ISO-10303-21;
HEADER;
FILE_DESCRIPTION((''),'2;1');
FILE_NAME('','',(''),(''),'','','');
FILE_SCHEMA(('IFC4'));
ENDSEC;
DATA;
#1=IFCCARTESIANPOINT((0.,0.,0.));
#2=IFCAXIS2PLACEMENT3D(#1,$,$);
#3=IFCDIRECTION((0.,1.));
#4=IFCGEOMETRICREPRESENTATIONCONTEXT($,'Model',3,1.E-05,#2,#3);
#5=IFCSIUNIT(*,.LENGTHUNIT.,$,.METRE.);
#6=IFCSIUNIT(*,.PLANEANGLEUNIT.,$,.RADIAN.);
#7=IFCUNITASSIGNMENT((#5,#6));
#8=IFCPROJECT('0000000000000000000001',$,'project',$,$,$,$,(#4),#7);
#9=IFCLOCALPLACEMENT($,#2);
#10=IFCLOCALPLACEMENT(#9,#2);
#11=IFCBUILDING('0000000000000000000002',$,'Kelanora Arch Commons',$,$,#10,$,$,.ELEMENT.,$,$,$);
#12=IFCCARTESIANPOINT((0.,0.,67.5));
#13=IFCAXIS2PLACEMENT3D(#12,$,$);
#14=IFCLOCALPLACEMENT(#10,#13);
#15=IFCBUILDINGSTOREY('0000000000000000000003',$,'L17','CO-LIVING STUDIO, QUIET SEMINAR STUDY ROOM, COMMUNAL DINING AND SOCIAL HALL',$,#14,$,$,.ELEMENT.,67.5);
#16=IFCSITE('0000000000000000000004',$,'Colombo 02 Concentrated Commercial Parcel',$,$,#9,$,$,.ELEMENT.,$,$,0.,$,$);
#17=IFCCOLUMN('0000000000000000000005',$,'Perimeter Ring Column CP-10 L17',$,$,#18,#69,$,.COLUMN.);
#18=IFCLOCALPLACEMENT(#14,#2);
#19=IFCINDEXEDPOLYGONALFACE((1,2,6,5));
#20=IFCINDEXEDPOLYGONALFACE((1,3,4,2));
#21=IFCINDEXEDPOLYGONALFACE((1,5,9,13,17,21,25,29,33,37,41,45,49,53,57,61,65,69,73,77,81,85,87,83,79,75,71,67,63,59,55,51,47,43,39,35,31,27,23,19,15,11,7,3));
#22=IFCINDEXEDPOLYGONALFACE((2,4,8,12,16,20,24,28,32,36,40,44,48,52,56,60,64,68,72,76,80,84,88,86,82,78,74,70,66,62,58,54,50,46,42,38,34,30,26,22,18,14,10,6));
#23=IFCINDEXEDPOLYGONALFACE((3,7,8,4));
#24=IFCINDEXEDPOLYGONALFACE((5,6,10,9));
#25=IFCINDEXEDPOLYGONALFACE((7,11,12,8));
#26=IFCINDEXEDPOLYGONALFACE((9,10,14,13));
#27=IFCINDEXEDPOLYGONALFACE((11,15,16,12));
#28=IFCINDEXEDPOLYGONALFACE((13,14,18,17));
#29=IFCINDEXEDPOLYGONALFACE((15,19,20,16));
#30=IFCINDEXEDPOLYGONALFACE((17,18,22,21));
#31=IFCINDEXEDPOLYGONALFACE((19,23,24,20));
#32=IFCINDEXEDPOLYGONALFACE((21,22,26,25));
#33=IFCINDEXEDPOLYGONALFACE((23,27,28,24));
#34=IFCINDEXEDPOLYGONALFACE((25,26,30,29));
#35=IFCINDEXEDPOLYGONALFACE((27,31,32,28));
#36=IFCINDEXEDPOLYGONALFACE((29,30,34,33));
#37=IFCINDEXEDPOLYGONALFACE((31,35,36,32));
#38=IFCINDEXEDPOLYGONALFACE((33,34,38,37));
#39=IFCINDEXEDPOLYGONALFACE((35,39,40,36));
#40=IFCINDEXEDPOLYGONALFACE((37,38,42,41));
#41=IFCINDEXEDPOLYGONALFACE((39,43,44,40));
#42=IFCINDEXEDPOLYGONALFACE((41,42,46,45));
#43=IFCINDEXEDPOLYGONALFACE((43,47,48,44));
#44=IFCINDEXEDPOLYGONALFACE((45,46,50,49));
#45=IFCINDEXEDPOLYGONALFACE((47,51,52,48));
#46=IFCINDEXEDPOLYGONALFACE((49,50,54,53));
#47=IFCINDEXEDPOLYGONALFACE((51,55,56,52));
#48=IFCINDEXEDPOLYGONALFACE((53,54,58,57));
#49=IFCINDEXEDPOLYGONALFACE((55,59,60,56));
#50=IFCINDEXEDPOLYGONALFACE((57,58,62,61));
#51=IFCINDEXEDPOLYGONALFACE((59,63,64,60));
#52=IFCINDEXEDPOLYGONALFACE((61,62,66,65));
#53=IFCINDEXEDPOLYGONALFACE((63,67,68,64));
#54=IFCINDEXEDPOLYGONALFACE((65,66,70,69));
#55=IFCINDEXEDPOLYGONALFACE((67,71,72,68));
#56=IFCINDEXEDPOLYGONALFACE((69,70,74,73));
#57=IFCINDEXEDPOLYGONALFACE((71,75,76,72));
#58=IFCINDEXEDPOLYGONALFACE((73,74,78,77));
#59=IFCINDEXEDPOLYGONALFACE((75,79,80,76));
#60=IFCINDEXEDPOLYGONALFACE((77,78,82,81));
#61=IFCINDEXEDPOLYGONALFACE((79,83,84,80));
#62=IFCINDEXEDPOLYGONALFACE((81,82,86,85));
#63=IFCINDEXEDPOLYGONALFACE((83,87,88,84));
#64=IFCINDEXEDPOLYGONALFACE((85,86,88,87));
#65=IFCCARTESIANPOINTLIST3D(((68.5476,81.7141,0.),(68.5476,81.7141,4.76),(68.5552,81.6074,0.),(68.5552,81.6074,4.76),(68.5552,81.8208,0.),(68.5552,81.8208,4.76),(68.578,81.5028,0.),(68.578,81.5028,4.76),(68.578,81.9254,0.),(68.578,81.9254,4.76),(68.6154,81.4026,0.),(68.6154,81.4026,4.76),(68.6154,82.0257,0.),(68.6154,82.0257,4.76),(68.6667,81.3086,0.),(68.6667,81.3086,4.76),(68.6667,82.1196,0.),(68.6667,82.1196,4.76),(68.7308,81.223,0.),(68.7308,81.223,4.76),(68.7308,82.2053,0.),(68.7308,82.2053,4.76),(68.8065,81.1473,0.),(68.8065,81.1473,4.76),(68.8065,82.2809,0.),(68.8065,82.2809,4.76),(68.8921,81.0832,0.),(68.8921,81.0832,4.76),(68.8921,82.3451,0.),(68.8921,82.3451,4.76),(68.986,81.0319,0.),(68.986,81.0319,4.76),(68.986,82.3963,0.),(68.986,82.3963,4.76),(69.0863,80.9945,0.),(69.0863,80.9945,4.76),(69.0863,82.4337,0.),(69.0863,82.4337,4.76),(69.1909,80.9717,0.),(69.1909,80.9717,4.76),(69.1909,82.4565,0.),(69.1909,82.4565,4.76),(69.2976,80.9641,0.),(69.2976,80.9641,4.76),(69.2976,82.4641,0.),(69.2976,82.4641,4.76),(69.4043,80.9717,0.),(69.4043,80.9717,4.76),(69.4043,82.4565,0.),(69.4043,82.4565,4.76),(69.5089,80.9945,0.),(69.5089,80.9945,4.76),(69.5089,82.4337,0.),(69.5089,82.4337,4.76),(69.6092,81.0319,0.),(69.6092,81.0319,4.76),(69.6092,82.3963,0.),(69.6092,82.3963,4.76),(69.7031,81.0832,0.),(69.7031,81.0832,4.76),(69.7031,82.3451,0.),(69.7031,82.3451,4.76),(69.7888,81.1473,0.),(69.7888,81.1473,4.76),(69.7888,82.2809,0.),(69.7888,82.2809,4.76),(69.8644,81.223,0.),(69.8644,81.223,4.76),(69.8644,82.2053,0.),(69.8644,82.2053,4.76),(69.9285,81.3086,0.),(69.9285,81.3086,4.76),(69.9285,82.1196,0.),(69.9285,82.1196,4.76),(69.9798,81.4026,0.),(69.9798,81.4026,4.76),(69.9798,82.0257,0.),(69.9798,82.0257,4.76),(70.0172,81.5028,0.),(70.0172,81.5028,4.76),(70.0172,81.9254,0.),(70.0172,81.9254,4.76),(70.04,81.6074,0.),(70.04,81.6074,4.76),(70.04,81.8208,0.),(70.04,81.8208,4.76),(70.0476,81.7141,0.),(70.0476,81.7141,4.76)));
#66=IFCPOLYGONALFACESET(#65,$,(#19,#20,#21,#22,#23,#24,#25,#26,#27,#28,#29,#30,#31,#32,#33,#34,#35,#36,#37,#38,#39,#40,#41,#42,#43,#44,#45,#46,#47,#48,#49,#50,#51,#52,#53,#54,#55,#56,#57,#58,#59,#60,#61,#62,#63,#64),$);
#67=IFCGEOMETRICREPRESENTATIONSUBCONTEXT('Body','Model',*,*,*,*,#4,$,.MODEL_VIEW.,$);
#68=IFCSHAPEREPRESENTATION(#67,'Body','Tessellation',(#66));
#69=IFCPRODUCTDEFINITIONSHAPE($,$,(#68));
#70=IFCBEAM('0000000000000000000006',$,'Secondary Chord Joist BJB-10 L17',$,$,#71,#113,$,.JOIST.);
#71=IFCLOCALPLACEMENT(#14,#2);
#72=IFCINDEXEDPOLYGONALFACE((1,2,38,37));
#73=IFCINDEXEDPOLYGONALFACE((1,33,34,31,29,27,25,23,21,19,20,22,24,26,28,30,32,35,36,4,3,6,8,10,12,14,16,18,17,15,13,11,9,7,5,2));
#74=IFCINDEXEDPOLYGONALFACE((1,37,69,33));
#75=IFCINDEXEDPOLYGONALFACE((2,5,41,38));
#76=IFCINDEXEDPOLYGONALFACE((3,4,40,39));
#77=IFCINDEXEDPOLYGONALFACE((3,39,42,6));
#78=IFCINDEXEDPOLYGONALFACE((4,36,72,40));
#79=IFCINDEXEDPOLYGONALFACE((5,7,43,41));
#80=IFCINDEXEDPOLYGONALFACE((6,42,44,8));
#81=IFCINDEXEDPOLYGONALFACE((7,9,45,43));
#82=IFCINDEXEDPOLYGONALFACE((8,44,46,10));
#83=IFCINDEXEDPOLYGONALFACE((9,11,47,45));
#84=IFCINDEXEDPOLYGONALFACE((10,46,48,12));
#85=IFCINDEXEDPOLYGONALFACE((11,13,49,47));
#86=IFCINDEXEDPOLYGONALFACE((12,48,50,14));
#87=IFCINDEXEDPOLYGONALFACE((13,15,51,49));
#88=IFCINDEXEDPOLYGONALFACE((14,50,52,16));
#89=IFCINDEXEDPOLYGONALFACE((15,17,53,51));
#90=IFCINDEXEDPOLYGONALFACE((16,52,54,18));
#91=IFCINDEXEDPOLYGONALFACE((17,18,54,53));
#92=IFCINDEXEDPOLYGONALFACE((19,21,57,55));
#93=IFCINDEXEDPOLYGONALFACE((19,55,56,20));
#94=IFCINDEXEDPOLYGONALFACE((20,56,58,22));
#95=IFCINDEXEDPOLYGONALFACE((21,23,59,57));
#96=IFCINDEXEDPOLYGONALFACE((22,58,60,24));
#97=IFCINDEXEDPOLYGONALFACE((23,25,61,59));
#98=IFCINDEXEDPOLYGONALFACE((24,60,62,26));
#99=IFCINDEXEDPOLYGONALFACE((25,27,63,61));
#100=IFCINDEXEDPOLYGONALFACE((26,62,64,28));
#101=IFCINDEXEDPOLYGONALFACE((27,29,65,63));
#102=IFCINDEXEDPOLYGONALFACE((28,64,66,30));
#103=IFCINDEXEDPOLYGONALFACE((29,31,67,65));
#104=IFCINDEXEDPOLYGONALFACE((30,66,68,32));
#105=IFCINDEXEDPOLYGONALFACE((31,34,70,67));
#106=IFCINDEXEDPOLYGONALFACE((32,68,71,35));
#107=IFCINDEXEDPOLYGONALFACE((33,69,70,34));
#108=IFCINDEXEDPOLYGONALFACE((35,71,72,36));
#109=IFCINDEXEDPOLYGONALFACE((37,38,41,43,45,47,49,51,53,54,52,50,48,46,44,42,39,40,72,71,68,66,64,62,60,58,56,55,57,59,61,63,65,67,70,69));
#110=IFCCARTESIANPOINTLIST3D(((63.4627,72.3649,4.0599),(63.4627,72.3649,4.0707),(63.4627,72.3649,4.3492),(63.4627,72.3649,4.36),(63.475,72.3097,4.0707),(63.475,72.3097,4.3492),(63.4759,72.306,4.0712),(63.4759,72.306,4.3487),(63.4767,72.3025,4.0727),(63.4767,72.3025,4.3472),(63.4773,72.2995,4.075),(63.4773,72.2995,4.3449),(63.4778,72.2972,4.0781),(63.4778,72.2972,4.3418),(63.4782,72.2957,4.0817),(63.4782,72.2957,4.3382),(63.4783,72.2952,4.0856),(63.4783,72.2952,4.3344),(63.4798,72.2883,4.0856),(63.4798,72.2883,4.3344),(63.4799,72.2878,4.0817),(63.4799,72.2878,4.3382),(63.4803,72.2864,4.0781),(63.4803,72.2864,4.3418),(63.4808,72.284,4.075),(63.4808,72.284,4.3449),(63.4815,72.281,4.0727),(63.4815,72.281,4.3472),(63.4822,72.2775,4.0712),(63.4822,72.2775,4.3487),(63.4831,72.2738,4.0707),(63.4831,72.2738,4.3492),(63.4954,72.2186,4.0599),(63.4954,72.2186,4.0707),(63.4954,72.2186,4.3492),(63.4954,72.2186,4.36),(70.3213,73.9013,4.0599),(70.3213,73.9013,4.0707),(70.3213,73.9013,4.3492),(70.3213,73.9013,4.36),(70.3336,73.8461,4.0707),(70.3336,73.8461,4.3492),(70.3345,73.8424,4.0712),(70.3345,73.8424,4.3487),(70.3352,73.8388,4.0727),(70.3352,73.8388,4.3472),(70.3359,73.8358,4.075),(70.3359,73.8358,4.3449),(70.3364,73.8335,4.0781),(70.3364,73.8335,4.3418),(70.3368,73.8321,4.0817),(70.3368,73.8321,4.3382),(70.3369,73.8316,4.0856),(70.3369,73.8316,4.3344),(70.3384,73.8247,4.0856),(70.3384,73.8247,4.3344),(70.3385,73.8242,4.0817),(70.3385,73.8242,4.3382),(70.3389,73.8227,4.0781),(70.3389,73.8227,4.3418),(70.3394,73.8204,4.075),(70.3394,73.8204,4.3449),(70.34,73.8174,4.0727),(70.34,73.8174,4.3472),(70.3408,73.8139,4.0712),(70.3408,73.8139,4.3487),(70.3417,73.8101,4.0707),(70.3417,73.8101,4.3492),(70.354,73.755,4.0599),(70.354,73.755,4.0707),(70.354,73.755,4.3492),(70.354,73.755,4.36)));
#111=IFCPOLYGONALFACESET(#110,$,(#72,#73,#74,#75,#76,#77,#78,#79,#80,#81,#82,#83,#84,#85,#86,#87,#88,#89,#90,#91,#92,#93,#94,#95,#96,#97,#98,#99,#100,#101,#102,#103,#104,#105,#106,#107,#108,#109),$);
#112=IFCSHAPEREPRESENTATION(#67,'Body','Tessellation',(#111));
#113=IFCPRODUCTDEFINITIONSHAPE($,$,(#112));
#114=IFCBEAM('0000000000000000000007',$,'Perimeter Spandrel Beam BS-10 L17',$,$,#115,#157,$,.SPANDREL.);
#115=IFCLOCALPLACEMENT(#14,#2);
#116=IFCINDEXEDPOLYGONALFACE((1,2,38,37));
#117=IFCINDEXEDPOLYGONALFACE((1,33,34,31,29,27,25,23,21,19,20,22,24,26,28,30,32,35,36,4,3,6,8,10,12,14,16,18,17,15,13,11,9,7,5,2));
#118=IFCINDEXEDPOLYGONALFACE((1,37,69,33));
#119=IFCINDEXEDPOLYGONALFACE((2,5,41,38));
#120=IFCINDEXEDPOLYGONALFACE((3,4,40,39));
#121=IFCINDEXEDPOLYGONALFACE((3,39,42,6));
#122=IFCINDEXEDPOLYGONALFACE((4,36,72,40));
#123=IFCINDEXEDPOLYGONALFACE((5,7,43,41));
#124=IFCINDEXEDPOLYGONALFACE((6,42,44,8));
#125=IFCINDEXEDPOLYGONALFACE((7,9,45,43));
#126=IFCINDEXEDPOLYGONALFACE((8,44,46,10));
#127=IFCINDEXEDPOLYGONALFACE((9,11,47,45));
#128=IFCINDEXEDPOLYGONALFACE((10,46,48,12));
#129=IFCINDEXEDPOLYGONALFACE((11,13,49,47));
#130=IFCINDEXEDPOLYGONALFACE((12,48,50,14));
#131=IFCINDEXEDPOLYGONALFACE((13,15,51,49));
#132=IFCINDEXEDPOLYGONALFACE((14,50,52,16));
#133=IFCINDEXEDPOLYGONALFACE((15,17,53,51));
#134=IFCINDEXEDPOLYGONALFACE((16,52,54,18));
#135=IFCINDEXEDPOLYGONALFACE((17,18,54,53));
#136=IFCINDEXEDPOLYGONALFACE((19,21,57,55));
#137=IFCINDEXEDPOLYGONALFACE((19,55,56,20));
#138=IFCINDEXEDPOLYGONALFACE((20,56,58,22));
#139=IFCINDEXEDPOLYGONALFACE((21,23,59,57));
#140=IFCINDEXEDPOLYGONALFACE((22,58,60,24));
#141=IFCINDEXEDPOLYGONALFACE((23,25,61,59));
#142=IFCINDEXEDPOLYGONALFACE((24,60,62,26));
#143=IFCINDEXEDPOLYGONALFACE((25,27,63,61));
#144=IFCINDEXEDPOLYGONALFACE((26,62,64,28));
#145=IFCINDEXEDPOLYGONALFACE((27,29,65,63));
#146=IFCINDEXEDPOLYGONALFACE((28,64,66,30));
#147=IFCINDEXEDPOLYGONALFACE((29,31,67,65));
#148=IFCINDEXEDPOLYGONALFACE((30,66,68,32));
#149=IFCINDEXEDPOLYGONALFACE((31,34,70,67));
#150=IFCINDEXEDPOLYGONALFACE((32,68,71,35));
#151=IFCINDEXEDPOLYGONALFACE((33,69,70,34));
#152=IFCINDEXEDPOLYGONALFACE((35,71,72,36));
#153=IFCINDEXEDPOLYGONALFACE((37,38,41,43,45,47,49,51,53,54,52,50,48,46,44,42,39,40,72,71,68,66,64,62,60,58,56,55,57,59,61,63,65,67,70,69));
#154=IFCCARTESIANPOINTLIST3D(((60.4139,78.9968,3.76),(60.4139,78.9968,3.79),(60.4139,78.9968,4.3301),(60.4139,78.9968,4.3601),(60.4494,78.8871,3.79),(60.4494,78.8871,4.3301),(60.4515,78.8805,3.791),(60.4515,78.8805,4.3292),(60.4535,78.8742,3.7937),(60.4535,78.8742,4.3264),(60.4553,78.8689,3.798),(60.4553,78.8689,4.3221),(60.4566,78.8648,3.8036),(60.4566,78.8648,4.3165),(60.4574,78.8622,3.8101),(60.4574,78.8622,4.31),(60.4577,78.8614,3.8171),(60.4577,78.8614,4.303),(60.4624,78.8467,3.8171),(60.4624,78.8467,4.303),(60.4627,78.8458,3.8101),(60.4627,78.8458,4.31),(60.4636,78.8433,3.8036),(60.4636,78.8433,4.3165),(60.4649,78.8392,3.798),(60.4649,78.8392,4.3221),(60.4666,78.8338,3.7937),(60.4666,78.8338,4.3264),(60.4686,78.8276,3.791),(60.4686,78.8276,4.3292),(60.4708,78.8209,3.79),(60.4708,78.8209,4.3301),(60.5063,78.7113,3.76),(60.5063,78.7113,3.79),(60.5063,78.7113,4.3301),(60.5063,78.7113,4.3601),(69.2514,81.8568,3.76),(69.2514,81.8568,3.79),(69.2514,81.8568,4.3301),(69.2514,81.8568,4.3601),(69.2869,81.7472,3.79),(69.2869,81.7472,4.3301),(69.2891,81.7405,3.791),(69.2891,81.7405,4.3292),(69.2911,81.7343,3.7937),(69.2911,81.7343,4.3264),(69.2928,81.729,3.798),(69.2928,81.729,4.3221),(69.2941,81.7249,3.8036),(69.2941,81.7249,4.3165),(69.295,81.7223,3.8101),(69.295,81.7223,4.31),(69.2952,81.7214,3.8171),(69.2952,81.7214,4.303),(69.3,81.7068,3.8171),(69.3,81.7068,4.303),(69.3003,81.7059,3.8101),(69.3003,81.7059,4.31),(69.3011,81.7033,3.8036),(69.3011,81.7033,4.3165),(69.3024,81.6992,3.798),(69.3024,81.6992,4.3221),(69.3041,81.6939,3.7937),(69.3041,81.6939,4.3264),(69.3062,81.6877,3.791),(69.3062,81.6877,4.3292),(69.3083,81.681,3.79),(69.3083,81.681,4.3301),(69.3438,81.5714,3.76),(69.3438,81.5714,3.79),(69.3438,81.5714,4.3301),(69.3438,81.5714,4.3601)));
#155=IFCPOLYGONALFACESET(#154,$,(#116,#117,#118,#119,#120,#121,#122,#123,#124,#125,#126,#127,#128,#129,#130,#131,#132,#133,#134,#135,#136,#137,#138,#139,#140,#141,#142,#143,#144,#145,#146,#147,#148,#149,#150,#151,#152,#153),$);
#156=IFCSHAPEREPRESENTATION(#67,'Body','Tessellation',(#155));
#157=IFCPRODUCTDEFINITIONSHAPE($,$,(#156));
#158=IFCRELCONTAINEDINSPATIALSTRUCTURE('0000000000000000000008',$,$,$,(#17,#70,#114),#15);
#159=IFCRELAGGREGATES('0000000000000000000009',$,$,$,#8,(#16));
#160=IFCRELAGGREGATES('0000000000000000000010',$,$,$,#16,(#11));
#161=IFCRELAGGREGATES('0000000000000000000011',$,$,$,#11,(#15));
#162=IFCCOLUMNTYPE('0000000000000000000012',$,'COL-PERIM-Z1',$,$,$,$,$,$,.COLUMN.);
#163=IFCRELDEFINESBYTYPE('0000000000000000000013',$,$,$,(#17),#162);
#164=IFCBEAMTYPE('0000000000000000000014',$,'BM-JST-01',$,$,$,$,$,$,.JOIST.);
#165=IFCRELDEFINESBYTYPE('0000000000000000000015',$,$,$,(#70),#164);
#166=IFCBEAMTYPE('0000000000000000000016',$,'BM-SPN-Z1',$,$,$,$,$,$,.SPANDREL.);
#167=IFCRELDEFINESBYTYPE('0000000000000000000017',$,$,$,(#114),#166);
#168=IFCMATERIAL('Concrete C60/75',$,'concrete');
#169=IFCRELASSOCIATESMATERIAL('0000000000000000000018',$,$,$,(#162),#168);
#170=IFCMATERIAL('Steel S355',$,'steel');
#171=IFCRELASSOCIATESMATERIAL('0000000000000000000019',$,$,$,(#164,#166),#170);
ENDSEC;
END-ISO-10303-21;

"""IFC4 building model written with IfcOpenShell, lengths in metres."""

from ifc_helpers import new_model, si_unit, direction, frame, origin, origin_2d, place, context, subcontext, project, spatial, circle, i_section, extrude, material, material_profile, profile_set, type_object, element, save


model = new_model("IFC4")

# Units and contexts
model_context = context("Model", 3, precision=1e-05, world=origin(), true_north=direction((0.0, 1.0)))
body_context = subcontext(model_context, "Body", "Model", "MODEL_VIEW")
ifc_project = project(units=[si_unit("LENGTHUNIT", "METRE"), si_unit("PLANEANGLEUNIT", "RADIAN")], contexts=[model_context])

# Site, building, storey
site_placement = place(None, origin())
site = spatial("IfcSite", under=ifc_project, at=site_placement, Name="Colombo 02 Concentrated Commercial Parcel", CompositionType="ELEMENT", RefElevation=0.0)
building_placement = place(site_placement, origin())
building = spatial("IfcBuilding", under=site, at=building_placement, Name="Kelanora Arch Commons", CompositionType="ELEMENT")
storey_placement = place(building_placement, frame((0.0, 0.0, 67.5)))
storey = spatial("IfcBuildingStorey", under=building, at=storey_placement, Name="L17", Description="CO-LIVING STUDIO, QUIET SEMINAR STUDY ROOM, COMMUNAL DINING AND SOCIAL HALL", CompositionType="ELEMENT", Elevation=67.5)

# Column
ifc_material_1 = material(Name="Concrete C60/75", Category="concrete")
ifc_material_profile_1 = material_profile(ifc_material_1, circle(Radius=0.75, at=origin_2d()), Name="RCC1500")
ifc_profile_set_1 = profile_set([ifc_material_profile_1], Name="Concrete C60/75")
column_type = type_object("IfcColumnType", Name="COL-PERIM-Z1", PredefinedType="COLUMN", material=ifc_profile_set_1)
column_placement = place(storey_placement, frame((69.2976, 81.7141, 0.0), z_axis=(0.0, 0.0, 1.0), x_axis=(1.0, 0.0, 0.0)))
element("IfcColumn", 1, at=column_placement, inside=storey, type_object=column_type, Name="Perimeter Ring Column CP-10 L17", PredefinedType="COLUMN", context=body_context, shape_type="SweptSolid", body=[
    extrude(circle(Radius=0.75, at=origin_2d()), origin(), (0.0, 0.0, 1.0), 4.76),
])

# Beams
ifc_material_2 = material(Name="Steel S355", Category="steel")
ifc_material_profile_2 = material_profile(ifc_material_2, i_section(OverallWidth=0.1499, OverallDepth=0.3, WebThickness=0.0071, FlangeThickness=0.0107, FilletRadius=0.0149, at=origin_2d()), Name="IPE300")
ifc_profile_set_2 = profile_set([ifc_material_profile_2], Name="Steel S355")
beam_type_1 = type_object("IfcBeamType", Name="BM-JST-01", PredefinedType="JOIST", material=ifc_profile_set_2)
beam_1_placement = place(storey_placement, frame((70.3376, 73.8281, 4.21), z_axis=(-0.975817, -0.218589, 0.0), x_axis=(0.218589, -0.975817, 0.0)))
element("IfcBeam", 2, at=beam_1_placement, inside=storey, type_object=beam_type_1, Name="Secondary Chord Joist BJB-10 L17", PredefinedType="JOIST", context=body_context, shape_type="SweptSolid", body=[
    extrude(i_section(OverallWidth=0.1499, OverallDepth=0.3, WebThickness=0.0071, FlangeThickness=0.0107, FilletRadius=0.0149, at=origin_2d()), origin(), (0.0, 0.0, 1.0), 7.0286),
])
ifc_material_profile_3 = material_profile(ifc_material_2, i_section(OverallWidth=0.3, OverallDepth=0.6001, WebThickness=0.0154, FlangeThickness=0.03, FilletRadius=0.0271, at=origin_2d()), Name="HEB600")
ifc_profile_set_3 = profile_set([ifc_material_profile_3], Name="Steel S355")
beam_type_2 = type_object("IfcBeamType", Name="BM-SPN-Z1", PredefinedType="SPANDREL", material=ifc_profile_set_3)
beam_2_placement = place(storey_placement, frame((69.2976, 81.7141, 4.0601), z_axis=(-0.951417, -0.307905, 0.0), x_axis=(0.307905, -0.951417, 0.0)))
element("IfcBeam", 3, at=beam_2_placement, inside=storey, type_object=beam_type_2, Name="Perimeter Spandrel Beam BS-10 L17", PredefinedType="SPANDREL", context=body_context, shape_type="SweptSolid", body=[
    extrude(i_section(OverallWidth=0.3, OverallDepth=0.6001, WebThickness=0.0154, FlangeThickness=0.03, FilletRadius=0.0271, at=origin_2d()), origin(), (0.0, 0.0, 1.0), 9.2888),
])

save(model, "model.ifc")
